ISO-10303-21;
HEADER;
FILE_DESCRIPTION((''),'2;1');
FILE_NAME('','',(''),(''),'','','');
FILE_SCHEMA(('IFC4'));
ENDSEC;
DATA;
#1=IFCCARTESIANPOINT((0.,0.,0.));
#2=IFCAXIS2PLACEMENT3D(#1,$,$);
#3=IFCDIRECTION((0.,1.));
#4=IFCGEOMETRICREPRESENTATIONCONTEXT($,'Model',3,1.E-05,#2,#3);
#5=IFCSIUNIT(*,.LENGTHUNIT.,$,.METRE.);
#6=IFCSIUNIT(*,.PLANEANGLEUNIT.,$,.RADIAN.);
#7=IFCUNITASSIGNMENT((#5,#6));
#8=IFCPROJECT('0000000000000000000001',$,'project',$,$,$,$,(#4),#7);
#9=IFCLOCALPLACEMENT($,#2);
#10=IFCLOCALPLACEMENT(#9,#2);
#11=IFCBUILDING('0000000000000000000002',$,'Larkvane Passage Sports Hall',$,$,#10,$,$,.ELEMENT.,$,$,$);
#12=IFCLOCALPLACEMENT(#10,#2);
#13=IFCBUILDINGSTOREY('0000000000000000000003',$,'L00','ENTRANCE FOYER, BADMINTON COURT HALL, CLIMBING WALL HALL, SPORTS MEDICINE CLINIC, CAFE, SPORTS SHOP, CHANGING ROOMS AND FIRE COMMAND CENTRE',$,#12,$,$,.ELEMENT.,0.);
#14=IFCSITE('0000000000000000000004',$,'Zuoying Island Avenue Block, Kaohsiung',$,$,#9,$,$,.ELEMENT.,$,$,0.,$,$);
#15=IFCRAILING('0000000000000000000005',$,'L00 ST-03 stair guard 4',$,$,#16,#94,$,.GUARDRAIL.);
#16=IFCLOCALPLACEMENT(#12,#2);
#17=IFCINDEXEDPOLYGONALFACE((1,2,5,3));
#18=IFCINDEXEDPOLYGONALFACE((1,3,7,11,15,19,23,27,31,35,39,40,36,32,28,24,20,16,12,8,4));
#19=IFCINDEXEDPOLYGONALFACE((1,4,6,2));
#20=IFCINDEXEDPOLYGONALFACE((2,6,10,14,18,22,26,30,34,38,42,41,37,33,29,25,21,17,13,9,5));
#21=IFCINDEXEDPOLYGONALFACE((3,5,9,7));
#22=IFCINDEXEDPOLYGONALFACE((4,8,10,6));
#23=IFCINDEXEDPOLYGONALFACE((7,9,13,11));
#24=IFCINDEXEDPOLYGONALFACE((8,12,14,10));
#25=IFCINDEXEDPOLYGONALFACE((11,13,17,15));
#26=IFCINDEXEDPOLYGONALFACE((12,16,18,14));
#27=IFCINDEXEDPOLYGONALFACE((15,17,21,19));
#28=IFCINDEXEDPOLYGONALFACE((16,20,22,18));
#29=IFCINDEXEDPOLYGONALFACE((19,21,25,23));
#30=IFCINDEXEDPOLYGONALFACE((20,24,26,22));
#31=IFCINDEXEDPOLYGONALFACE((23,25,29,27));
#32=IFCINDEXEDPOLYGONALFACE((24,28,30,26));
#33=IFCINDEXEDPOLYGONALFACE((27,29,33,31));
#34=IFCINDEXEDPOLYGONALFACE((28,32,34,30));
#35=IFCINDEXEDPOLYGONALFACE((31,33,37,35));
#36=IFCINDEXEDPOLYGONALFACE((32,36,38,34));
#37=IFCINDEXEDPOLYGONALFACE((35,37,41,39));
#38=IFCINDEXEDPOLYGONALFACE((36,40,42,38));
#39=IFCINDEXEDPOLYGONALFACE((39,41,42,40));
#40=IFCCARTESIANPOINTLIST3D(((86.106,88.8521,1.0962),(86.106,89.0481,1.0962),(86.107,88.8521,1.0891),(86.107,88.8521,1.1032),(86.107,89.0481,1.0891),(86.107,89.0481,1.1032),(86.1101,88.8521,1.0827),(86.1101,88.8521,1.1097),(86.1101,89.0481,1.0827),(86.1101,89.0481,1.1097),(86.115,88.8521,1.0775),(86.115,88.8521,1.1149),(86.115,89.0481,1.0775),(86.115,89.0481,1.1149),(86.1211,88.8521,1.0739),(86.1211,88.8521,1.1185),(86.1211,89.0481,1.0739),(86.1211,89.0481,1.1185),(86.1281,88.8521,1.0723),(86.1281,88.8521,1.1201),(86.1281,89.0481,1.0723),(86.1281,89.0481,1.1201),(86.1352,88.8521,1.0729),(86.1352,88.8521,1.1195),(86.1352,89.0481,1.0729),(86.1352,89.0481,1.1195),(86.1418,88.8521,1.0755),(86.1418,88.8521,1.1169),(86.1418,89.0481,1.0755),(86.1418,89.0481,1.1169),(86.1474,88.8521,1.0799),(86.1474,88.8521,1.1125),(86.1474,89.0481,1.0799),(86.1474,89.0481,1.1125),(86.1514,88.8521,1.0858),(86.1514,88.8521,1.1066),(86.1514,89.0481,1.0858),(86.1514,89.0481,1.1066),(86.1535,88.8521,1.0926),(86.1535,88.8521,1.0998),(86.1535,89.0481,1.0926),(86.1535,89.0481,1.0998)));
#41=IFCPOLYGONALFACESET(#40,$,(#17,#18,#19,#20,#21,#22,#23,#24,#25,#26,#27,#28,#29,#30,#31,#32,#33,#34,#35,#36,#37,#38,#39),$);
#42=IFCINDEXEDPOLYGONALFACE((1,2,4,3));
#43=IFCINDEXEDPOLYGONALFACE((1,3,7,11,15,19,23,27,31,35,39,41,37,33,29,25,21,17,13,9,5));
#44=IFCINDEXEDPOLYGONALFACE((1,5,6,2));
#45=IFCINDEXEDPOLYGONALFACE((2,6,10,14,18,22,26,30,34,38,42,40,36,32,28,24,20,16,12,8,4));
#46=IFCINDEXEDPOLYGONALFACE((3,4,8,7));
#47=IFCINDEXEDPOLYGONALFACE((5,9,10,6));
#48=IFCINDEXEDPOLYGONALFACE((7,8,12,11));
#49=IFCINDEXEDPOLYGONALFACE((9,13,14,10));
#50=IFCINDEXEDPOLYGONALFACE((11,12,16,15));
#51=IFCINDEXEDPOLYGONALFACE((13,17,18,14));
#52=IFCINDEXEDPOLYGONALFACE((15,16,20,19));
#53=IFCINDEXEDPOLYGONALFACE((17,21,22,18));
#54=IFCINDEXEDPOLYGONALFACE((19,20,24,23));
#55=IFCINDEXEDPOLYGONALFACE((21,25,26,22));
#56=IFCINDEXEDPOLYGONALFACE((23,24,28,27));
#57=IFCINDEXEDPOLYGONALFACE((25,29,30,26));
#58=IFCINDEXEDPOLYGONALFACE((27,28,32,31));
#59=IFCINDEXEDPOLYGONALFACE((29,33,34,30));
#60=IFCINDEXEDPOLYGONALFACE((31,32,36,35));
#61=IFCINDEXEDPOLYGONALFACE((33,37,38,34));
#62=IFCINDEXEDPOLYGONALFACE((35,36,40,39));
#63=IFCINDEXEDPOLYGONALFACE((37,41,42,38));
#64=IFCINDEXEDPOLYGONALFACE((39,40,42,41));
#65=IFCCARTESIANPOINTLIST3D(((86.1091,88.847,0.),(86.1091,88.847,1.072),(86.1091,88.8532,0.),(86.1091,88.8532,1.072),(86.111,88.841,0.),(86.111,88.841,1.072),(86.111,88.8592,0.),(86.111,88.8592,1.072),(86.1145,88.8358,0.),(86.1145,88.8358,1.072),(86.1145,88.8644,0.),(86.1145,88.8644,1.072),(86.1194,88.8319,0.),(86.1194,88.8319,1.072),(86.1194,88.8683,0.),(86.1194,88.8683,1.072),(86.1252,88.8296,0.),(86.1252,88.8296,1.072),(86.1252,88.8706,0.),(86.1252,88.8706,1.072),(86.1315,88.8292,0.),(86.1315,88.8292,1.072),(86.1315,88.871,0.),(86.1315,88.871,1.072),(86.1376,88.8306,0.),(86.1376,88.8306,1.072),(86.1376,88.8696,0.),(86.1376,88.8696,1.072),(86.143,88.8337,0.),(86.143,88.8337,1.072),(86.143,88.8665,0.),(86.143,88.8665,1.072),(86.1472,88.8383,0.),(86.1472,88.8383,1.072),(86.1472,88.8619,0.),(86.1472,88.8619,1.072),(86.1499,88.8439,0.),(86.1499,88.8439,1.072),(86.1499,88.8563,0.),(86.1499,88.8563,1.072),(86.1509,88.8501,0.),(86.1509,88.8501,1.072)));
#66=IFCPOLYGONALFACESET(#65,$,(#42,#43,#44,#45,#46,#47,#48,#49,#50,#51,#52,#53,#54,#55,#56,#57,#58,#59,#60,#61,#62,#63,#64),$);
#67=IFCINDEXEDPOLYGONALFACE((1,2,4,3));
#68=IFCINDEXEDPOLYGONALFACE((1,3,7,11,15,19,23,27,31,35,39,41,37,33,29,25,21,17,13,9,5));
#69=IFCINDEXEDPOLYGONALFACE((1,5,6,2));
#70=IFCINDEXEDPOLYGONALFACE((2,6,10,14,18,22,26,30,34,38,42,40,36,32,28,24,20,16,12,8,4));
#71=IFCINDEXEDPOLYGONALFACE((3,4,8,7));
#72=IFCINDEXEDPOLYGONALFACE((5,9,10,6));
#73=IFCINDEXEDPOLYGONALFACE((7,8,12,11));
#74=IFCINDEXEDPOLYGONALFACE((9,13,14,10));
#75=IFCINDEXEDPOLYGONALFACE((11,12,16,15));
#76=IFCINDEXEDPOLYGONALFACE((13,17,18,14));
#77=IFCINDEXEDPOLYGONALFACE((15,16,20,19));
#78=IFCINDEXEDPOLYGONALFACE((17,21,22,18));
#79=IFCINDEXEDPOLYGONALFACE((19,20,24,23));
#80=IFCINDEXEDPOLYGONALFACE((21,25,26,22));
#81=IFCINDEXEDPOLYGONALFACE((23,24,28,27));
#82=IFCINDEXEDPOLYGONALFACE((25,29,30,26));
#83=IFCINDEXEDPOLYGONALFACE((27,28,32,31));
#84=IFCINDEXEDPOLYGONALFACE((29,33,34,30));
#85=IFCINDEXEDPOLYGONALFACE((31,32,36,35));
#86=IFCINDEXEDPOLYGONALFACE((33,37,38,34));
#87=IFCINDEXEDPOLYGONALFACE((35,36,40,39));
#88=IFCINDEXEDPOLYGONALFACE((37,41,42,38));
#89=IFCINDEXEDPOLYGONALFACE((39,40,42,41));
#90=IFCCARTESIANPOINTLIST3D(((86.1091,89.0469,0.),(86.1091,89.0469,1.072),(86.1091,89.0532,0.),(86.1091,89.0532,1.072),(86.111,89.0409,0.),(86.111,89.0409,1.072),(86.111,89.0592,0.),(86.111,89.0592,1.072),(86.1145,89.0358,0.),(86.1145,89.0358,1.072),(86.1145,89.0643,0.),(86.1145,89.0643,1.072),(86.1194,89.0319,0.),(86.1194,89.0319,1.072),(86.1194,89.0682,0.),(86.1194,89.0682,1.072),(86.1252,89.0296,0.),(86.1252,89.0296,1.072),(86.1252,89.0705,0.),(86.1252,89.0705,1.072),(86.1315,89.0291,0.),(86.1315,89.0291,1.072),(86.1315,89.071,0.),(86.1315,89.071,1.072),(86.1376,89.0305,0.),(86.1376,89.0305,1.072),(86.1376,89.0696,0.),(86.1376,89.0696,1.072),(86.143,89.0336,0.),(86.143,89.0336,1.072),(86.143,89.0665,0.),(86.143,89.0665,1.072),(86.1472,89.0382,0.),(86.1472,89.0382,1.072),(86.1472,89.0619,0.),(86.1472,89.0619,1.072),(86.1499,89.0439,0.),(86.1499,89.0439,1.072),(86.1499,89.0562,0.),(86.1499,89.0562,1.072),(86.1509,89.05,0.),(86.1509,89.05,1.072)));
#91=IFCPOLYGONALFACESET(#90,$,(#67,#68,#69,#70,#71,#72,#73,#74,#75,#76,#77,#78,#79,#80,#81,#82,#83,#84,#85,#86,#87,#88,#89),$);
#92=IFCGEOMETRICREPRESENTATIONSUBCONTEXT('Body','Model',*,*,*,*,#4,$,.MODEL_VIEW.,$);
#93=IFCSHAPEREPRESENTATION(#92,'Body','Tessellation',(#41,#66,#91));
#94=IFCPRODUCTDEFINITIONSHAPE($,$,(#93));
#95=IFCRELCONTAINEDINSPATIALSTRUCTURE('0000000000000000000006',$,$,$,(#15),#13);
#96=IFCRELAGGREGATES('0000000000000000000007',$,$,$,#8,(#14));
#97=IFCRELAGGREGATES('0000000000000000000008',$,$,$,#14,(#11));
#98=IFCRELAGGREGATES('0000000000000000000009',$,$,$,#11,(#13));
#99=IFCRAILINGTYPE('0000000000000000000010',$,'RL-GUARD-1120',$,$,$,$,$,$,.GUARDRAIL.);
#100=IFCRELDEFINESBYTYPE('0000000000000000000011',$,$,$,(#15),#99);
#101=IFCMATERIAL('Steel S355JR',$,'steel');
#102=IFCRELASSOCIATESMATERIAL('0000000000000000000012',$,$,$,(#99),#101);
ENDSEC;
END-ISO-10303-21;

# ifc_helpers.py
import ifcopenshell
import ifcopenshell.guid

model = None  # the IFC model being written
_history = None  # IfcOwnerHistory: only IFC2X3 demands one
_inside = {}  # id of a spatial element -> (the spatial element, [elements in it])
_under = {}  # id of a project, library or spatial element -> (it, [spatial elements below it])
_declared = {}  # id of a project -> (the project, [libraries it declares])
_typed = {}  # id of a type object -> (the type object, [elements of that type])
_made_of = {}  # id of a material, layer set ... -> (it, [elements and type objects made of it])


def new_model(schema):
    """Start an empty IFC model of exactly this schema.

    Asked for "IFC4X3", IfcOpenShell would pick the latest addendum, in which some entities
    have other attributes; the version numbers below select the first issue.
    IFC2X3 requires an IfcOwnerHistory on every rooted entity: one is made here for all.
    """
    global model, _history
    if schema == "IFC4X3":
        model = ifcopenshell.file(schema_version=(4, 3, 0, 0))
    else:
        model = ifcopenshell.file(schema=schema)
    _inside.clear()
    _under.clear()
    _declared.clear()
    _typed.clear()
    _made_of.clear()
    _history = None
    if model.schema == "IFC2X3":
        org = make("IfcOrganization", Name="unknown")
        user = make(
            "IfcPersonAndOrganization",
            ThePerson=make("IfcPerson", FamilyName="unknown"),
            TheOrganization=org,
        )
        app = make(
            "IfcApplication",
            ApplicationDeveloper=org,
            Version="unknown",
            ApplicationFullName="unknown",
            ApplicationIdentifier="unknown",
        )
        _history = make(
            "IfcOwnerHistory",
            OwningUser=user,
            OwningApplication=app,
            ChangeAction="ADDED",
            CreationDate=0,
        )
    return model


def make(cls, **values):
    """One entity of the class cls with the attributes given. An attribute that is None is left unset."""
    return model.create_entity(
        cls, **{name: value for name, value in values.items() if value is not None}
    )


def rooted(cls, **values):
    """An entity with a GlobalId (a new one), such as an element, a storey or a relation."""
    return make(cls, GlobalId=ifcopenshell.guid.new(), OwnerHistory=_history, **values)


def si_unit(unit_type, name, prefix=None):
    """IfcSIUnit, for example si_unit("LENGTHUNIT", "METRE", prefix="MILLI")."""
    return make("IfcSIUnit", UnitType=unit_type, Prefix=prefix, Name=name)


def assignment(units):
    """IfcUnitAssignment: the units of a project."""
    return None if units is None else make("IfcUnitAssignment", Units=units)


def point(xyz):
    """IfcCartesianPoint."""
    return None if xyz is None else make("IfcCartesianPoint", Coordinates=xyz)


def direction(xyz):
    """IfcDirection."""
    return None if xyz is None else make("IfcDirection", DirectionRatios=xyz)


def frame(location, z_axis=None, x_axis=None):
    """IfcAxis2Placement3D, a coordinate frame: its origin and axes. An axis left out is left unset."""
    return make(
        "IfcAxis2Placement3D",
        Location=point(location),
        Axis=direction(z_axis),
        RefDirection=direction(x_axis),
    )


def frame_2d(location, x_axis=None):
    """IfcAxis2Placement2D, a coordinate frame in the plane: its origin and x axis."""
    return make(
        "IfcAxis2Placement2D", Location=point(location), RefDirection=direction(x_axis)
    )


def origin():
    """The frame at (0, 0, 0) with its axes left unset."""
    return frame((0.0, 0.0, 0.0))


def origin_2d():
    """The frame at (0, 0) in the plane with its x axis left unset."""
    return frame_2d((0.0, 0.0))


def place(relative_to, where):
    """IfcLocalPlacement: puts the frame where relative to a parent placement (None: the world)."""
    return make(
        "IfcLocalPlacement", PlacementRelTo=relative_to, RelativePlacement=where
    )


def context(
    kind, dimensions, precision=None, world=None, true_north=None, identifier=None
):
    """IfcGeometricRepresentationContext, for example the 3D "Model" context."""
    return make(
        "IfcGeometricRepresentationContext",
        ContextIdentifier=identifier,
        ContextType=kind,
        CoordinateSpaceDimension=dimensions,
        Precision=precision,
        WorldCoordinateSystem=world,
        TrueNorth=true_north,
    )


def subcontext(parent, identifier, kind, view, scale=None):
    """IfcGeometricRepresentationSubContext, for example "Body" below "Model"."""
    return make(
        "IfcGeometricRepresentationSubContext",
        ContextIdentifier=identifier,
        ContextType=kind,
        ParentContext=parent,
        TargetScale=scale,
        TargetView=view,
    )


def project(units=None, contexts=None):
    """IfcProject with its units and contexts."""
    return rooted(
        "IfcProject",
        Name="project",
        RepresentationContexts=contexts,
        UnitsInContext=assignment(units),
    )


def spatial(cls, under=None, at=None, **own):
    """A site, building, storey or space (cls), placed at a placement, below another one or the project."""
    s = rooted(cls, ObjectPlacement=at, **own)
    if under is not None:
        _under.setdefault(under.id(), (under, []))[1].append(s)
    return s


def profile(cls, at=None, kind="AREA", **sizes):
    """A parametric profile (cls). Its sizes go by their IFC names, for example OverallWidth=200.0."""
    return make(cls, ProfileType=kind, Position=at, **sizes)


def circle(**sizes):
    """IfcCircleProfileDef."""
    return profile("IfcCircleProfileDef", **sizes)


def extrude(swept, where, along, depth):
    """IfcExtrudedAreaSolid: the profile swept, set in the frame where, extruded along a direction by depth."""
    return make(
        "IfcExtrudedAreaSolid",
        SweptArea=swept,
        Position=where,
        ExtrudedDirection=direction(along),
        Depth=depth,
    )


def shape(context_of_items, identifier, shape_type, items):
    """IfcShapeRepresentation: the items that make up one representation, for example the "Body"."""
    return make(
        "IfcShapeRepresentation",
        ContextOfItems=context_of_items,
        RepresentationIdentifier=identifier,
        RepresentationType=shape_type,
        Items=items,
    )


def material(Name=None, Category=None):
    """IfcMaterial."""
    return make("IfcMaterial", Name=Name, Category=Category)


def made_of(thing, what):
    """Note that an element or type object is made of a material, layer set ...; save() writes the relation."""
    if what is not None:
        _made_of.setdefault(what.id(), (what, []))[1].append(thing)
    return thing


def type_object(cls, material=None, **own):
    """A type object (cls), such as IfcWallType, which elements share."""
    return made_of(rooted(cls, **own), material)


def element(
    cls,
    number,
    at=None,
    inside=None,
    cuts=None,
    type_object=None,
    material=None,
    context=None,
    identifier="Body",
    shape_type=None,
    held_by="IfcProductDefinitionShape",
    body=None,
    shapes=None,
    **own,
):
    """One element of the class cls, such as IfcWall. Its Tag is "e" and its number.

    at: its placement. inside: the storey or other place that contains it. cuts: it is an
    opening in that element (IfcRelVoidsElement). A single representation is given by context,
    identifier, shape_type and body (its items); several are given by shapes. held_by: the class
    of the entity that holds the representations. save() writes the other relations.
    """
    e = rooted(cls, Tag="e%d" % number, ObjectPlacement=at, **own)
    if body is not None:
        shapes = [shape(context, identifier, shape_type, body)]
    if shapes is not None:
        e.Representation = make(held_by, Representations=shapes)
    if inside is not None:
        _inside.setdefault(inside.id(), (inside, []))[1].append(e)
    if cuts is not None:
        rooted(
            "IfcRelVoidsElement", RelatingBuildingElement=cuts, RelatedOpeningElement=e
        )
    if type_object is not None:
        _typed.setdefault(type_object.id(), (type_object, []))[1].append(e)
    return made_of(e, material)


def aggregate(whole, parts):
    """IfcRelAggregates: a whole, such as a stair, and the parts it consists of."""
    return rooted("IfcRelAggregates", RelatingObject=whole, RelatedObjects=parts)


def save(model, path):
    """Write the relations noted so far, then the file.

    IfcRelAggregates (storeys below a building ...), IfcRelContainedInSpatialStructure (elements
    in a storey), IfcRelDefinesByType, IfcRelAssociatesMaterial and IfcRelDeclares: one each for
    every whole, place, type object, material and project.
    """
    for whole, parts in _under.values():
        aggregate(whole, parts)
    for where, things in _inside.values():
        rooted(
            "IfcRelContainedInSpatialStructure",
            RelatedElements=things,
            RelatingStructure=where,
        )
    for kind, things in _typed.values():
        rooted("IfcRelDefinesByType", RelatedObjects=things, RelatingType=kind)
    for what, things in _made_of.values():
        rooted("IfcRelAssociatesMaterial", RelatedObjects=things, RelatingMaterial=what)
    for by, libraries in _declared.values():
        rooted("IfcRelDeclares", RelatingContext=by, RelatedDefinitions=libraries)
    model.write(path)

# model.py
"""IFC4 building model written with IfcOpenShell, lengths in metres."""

from ifc_helpers import new_model, si_unit, direction, frame, origin, origin_2d, place, context, subcontext, project, spatial, circle, extrude, material, type_object, element, save


model = new_model("IFC4")

# Units and contexts
model_context = context("Model", 3, precision=1e-05, world=origin(), true_north=direction((0.0, 1.0)))
body_context = subcontext(model_context, "Body", "Model", "MODEL_VIEW")
ifc_project = project(units=[si_unit("LENGTHUNIT", "METRE"), si_unit("PLANEANGLEUNIT", "RADIAN")], contexts=[model_context])

# Site, building, storey
site_placement = place(None, origin())
site = spatial("IfcSite", under=ifc_project, at=site_placement, Name="Zuoying Island Avenue Block, Kaohsiung", CompositionType="ELEMENT", RefElevation=0.0)
building_placement = place(site_placement, origin())
building = spatial("IfcBuilding", under=site, at=building_placement, Name="Larkvane Passage Sports Hall", CompositionType="ELEMENT")
storey_placement = place(building_placement, origin())
storey = spatial("IfcBuildingStorey", under=building, at=storey_placement, Name="L00", Description="ENTRANCE FOYER, BADMINTON COURT HALL, CLIMBING WALL HALL, SPORTS MEDICINE CLINIC, CAFE, SPORTS SHOP, CHANGING ROOMS AND FIRE COMMAND CENTRE", CompositionType="ELEMENT", Elevation=0.0)

# Shared definitions
ifc_material_1 = material(Name="Steel S355JR", Category="steel")

# Railing
railing_type_1 = type_object("IfcRailingType", Name="RL-GUARD-1120", PredefinedType="GUARDRAIL", material=ifc_material_1)
railing_1_placement = place(storey_placement, frame((86.1299, 88.8501, 0.0)))
element("IfcRailing", 1, at=railing_1_placement, inside=storey, type_object=railing_type_1, Name="L00 ST-03 stair guard 4", PredefinedType="GUARDRAIL", context=body_context, shape_type="SweptSolid", body=[
    extrude(circle(Radius=0.0239, at=origin_2d()), frame((0.0, 0.002, 1.0962), z_axis=(0.0, 1.0, 0.0), x_axis=(-1.0, 0.0, 0.0)), (0.0, 0.0, 1.0), 0.196),
    extrude(circle(Radius=0.021, at=origin_2d()), origin(), (0.0, 0.0, 1.0), 1.072),
    extrude(circle(Radius=0.021, at=origin_2d()), frame((0.0, 0.2, 0.0)), (0.0, 0.0, 1.0), 1.072),
])

save(model, "model.ifc")
